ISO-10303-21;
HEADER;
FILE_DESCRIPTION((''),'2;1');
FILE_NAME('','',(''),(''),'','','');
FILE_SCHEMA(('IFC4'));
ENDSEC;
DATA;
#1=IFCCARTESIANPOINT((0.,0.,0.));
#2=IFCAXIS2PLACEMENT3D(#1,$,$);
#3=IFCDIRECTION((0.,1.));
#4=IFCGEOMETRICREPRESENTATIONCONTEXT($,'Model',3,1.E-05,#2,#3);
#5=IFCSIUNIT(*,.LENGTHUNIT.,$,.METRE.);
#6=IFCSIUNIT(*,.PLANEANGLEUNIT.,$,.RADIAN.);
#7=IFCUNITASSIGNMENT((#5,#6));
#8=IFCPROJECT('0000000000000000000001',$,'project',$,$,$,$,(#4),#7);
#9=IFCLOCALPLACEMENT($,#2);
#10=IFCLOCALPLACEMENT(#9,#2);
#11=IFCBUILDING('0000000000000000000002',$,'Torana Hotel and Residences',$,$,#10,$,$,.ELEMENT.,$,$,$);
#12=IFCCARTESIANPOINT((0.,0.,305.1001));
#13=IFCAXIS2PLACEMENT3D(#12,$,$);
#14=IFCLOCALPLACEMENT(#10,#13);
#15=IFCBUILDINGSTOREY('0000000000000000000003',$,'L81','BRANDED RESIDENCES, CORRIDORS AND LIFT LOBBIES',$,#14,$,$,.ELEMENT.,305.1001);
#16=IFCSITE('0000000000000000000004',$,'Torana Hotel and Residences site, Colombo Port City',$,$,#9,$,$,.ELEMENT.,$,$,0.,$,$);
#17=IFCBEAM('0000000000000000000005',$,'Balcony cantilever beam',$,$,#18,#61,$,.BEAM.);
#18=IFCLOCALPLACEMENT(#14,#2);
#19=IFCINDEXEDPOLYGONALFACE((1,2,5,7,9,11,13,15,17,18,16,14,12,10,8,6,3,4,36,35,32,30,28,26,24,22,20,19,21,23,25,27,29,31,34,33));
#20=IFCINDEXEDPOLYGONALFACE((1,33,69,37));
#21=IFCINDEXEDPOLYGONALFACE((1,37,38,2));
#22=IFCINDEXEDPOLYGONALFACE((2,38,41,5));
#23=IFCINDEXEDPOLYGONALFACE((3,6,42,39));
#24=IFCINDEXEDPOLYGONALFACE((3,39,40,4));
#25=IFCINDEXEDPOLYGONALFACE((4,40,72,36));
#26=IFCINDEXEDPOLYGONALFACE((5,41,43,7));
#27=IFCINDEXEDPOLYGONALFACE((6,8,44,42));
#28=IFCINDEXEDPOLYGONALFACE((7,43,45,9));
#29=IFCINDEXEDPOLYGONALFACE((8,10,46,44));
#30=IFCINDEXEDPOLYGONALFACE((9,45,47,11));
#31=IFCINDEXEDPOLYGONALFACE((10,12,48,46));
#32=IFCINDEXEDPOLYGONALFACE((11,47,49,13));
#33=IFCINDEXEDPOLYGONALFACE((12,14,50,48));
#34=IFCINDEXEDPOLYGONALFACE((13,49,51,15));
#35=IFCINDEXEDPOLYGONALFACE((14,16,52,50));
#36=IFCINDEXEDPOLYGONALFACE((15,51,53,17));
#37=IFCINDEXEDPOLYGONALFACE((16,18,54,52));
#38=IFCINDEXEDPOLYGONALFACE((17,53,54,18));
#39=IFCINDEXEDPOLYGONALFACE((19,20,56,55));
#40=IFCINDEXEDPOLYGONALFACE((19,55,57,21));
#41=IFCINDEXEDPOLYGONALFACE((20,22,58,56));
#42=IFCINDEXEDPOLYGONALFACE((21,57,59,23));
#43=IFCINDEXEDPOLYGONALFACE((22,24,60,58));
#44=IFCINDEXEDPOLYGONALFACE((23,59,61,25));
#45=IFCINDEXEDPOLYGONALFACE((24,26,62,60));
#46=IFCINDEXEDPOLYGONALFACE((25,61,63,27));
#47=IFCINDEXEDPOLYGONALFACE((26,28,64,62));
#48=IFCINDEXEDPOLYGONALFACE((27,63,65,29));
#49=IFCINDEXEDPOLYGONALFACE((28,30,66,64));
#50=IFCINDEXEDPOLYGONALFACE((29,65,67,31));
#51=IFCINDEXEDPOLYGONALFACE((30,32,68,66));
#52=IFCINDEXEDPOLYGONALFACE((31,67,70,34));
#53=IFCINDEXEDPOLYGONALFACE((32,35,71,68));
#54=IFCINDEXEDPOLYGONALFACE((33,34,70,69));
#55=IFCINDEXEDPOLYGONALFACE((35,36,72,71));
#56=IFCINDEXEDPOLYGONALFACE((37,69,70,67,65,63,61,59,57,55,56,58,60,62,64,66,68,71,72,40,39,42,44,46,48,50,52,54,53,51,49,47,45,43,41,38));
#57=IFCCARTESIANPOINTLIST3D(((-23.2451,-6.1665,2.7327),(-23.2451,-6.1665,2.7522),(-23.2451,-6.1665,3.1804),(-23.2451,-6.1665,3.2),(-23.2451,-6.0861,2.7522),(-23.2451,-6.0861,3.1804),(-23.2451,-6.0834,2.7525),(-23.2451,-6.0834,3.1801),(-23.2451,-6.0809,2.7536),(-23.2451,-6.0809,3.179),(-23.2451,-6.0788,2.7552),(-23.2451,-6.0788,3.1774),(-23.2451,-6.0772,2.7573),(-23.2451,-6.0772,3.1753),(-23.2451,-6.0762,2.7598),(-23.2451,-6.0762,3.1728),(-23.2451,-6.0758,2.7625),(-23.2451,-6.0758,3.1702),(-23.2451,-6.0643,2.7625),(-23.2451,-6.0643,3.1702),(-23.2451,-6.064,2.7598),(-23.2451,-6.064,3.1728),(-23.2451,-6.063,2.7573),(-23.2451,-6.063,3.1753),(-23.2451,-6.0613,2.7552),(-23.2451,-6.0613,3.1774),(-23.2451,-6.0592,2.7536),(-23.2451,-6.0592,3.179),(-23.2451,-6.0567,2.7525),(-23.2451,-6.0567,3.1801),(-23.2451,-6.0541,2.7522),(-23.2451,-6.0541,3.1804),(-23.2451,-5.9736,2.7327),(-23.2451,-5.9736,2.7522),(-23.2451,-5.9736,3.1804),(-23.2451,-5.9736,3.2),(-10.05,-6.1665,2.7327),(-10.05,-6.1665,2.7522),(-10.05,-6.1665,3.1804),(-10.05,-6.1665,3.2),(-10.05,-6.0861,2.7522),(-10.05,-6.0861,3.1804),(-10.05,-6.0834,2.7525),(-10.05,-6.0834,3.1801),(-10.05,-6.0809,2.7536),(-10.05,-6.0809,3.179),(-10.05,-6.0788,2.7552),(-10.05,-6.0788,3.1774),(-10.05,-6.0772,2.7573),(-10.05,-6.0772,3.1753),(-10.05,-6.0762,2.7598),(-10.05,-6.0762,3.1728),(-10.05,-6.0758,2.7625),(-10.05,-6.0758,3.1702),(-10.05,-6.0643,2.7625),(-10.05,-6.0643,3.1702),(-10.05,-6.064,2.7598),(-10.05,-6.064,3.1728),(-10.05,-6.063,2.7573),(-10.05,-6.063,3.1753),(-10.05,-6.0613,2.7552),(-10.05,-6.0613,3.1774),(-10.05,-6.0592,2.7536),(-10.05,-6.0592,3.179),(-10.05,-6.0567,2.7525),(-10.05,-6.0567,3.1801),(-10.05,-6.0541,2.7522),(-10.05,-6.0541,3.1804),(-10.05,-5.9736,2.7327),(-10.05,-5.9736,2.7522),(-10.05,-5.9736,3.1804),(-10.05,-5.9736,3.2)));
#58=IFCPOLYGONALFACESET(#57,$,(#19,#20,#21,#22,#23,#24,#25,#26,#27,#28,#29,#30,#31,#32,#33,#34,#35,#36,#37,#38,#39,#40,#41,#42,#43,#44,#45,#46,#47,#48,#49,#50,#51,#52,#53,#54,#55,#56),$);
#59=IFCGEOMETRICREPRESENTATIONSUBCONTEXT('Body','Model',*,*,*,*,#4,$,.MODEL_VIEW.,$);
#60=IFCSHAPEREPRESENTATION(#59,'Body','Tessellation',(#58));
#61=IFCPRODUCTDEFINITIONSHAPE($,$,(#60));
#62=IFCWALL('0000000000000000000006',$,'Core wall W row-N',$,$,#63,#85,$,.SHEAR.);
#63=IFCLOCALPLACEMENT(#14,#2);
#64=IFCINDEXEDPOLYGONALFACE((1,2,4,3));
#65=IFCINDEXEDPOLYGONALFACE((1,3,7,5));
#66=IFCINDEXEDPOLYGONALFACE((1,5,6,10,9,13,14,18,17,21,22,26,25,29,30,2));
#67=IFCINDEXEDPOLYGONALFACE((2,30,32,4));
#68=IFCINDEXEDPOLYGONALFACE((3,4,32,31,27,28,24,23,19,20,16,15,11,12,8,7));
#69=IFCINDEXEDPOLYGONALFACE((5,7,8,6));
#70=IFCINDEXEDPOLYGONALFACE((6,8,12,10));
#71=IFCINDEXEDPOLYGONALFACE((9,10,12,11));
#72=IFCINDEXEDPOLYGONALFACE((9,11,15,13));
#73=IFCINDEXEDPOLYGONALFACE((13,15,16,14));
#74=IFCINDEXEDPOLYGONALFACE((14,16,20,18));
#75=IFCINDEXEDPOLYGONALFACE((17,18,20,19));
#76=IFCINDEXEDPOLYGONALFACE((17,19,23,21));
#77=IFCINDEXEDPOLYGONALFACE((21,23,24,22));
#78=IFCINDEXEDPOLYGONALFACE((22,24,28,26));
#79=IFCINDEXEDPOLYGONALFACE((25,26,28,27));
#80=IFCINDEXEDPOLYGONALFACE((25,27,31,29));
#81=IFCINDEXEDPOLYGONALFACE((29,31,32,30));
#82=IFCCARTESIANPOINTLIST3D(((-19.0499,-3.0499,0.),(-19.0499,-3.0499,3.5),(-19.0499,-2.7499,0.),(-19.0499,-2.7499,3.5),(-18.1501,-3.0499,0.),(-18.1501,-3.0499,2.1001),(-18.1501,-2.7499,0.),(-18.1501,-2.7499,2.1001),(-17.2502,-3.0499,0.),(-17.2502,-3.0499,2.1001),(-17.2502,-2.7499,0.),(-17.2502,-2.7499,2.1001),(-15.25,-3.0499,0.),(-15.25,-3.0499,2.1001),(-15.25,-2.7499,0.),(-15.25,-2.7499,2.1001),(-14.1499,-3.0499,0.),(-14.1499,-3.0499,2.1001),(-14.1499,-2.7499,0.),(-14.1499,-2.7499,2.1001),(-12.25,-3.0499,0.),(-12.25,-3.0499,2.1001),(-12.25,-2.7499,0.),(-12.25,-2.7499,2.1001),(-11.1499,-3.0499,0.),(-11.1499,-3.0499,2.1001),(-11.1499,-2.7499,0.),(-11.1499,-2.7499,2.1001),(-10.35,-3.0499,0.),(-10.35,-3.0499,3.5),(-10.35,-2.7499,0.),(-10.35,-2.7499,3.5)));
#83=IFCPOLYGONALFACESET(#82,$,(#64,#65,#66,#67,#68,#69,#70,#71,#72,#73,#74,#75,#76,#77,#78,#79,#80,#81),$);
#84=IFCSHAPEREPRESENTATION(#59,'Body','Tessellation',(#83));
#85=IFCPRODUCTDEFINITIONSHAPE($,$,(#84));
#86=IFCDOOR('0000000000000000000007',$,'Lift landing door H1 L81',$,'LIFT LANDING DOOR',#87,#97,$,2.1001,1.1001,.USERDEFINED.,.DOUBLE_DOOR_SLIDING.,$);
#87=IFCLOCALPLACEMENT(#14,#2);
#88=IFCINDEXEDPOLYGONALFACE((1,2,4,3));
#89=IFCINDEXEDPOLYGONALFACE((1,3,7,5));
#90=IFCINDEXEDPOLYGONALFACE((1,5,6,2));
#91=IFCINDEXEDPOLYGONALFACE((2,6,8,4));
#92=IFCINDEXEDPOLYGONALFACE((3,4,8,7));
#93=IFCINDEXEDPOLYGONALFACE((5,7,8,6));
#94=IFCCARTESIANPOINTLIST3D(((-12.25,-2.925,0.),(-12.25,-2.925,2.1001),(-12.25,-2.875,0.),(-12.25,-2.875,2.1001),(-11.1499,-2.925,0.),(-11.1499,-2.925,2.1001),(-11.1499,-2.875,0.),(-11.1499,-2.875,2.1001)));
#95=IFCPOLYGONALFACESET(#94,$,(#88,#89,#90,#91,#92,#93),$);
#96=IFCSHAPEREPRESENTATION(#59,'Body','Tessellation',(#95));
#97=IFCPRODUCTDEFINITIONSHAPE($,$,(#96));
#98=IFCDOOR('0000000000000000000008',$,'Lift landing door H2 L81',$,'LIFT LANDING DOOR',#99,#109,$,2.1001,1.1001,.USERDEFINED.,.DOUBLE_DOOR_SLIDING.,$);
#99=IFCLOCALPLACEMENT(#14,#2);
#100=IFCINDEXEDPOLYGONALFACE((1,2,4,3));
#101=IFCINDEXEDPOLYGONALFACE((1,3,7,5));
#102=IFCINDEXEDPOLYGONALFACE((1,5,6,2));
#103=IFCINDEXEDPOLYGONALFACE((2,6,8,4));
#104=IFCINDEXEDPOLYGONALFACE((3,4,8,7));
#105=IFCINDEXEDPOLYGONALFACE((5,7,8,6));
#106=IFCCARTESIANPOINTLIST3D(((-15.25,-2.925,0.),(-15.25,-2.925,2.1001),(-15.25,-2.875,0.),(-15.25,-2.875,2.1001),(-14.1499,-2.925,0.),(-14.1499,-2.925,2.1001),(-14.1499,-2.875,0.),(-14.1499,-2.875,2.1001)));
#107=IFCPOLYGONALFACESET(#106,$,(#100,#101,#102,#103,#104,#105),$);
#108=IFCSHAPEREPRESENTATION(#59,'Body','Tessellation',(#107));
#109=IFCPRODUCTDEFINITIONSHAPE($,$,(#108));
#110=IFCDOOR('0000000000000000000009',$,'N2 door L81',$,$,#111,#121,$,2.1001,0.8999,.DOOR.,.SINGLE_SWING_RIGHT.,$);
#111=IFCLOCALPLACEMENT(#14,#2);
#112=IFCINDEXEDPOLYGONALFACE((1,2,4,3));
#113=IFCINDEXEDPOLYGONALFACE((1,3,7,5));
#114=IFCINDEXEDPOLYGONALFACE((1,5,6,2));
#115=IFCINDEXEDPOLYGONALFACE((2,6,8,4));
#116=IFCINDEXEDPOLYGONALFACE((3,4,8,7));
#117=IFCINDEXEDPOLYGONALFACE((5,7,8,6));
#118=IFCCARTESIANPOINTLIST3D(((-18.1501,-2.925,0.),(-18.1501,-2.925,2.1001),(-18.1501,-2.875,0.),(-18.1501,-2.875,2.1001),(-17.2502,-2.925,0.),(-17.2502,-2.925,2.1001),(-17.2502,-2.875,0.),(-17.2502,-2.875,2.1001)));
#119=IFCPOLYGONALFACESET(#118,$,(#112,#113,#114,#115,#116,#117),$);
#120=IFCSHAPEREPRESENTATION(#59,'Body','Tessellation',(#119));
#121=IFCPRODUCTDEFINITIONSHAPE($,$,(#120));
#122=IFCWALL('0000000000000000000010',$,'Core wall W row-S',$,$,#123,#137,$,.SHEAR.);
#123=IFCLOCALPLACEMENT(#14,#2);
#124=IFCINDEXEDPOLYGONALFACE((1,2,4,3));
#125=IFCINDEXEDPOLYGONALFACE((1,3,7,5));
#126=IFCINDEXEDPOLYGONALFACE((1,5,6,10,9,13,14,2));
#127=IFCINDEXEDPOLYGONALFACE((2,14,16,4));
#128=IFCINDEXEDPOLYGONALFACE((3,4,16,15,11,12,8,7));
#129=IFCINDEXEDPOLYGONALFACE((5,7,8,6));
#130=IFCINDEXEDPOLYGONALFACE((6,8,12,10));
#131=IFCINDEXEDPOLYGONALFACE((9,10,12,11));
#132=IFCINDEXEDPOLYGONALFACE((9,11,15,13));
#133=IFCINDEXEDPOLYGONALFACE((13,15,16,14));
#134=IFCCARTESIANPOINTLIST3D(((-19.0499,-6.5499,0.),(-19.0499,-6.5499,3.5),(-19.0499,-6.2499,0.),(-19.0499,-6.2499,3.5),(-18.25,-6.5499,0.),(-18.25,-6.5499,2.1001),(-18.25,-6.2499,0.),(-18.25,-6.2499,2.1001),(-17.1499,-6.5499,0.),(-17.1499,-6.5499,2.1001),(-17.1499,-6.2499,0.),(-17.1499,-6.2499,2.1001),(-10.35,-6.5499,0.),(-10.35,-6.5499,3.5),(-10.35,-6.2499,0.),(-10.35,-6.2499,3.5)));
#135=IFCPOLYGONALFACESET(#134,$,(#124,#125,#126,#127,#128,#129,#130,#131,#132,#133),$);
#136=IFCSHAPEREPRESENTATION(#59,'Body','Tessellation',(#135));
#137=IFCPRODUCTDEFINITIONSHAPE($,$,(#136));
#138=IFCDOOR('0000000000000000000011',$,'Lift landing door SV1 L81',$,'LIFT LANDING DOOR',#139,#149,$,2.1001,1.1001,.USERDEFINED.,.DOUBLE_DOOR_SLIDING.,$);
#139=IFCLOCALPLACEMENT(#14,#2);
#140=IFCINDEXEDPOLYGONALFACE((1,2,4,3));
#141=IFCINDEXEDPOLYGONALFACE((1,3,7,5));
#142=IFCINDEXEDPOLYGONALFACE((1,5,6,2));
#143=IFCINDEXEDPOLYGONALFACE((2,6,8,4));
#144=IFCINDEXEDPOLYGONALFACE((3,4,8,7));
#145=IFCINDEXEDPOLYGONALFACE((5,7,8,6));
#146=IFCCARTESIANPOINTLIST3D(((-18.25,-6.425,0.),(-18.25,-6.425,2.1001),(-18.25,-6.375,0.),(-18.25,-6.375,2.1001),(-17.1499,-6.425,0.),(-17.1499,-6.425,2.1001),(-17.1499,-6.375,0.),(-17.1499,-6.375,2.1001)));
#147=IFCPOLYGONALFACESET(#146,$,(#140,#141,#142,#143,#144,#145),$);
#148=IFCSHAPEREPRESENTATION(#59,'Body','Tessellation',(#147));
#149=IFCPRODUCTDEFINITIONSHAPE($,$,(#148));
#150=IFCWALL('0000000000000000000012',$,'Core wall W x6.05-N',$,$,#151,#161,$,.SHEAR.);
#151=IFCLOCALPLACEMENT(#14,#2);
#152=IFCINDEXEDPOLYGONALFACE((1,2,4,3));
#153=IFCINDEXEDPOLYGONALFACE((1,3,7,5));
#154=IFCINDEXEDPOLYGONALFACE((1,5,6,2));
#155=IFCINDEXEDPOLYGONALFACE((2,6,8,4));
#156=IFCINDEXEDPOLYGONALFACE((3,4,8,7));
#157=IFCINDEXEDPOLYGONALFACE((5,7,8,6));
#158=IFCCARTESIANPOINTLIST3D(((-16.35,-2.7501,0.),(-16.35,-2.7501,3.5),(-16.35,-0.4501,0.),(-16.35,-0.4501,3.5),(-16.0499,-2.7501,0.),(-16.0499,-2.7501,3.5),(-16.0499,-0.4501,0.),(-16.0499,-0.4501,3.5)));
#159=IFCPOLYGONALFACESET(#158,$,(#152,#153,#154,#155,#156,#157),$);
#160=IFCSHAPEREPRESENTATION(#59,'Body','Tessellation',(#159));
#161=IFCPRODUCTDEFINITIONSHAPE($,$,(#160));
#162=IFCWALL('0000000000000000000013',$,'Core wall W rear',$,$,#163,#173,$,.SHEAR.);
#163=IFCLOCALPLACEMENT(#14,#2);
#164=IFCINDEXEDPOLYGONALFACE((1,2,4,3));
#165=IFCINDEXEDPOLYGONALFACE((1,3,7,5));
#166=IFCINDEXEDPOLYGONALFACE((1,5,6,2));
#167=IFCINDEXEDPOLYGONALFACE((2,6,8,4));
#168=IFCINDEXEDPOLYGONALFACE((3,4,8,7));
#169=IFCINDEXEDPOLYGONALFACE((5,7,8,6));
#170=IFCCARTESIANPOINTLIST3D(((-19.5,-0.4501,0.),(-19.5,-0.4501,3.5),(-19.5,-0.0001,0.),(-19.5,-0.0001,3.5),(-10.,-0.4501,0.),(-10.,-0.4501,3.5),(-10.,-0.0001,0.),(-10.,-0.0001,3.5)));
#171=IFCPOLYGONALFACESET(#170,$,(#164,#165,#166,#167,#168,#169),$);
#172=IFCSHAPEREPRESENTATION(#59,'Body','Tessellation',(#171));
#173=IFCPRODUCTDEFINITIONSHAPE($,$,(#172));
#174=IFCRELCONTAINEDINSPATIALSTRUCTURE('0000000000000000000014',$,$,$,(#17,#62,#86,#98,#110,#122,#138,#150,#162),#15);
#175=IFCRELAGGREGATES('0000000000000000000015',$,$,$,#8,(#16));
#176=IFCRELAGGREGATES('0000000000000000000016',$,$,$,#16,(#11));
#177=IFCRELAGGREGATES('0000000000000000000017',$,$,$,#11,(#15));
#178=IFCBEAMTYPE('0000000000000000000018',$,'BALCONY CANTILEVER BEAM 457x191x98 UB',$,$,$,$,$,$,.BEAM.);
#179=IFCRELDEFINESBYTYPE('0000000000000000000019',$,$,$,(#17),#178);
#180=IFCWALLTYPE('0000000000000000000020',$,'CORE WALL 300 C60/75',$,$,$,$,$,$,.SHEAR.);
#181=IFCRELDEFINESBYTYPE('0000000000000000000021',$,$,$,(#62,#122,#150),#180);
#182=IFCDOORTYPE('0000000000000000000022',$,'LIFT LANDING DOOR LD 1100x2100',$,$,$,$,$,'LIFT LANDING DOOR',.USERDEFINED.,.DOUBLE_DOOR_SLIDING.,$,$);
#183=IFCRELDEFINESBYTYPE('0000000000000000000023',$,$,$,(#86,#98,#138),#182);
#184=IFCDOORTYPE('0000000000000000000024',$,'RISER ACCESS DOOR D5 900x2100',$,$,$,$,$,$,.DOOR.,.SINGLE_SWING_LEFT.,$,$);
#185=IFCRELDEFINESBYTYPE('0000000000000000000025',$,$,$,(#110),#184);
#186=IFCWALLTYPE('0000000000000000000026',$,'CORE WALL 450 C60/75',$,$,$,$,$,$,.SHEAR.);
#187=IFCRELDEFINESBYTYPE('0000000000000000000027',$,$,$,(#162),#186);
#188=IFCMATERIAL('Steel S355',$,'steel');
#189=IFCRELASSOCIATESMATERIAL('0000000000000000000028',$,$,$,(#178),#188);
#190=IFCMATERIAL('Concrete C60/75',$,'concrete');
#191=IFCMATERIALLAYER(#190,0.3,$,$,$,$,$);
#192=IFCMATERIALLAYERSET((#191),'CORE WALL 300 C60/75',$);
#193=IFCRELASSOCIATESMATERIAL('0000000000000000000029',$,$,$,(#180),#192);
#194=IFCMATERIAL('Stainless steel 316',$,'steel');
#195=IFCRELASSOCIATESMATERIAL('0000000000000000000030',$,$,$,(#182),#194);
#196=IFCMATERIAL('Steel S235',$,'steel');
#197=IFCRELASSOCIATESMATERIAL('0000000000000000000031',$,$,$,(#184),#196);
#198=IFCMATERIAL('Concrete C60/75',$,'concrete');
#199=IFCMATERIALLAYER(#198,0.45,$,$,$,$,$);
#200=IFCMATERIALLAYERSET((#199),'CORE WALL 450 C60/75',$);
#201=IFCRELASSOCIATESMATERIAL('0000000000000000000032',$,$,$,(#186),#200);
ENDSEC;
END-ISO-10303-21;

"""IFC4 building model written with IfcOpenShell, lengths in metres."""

from ifc_helpers import new_model, si_unit, direction, frame, frame_2d, origin, origin_2d, place, context, subcontext, project, spatial, rectangle, i_section, extrude, material, layer, layer_set, material_profile, profile_set, type_object, element, fill, save


model = new_model("IFC4")

# Units and contexts
model_context = context("Model", 3, precision=1e-05, world=origin(), true_north=direction((0.0, 1.0)))
body_context = subcontext(model_context, "Body", "Model", "MODEL_VIEW")
ifc_project = project(units=[si_unit("LENGTHUNIT", "METRE"), si_unit("PLANEANGLEUNIT", "RADIAN")], contexts=[model_context])

# Site, building, storey
site_placement = place(None, origin())
site = spatial("IfcSite", under=ifc_project, at=site_placement, Name="Torana Hotel and Residences site, Colombo Port City", CompositionType="ELEMENT", RefElevation=0.0)
building_placement = place(site_placement, origin())
building = spatial("IfcBuilding", under=site, at=building_placement, Name="Torana Hotel and Residences", CompositionType="ELEMENT")
storey_placement = place(building_placement, frame((0.0, 0.0, 305.1001)))
storey = spatial("IfcBuildingStorey", under=building, at=storey_placement, Name="L81", Description="BRANDED RESIDENCES, CORRIDORS AND LIFT LOBBIES", CompositionType="ELEMENT", Elevation=305.1001)

# Beam
ifc_material_1 = material(Name="Steel S355", Category="steel")
ifc_material_profile = material_profile(ifc_material_1, i_section(OverallWidth=0.1929, OverallDepth=0.4673, WebThickness=0.0115, FlangeThickness=0.0195, FilletRadius=0.0103, at=origin_2d()), Name="457x191x98 UB")
ifc_profile_set = profile_set([ifc_material_profile], Name="Steel S355")
beam_type = type_object("IfcBeamType", Name="BALCONY CANTILEVER BEAM 457x191x98 UB", PredefinedType="BEAM", material=ifc_profile_set)
beam_placement = place(storey_placement, frame((-23.2451, -6.0701, 2.9663), z_axis=(1.0, 0.0, 0.0), x_axis=(0.0, 1.0, 0.0)))
element("IfcBeam", 1, at=beam_placement, inside=storey, type_object=beam_type, Name="Balcony cantilever beam", PredefinedType="BEAM", context=body_context, shape_type="SweptSolid", body=[
    extrude(i_section(OverallWidth=0.1929, OverallDepth=0.4673, WebThickness=0.0115, FlangeThickness=0.0195, FilletRadius=0.0103, at=origin_2d()), origin(), (0.0, 0.0, 1.0), 13.1951),
])

# Wall, openings, doors
ifc_material_2 = material(Name="Concrete C60/75", Category="concrete")
ifc_layer_1 = layer(ifc_material_2, 0.3)
ifc_layer_set_1 = layer_set([ifc_layer_1], Name="CORE WALL 300 C60/75")
wall_type_1 = type_object("IfcWallType", Name="CORE WALL 300 C60/75", PredefinedType="SHEAR", material=ifc_layer_set_1)
wall_1_placement = place(storey_placement, frame((-19.05, -2.8999, 0.0), z_axis=(0.0, 0.0, 1.0), x_axis=(1.0, 0.0, 0.0)))
wall_1 = element("IfcWall", 2, at=wall_1_placement, inside=storey, type_object=wall_type_1, Name="Core wall W row-N", PredefinedType="SHEAR", context=body_context, shape_type="SweptSolid", body=[
    extrude(rectangle(XDim=8.7, YDim=0.3, at=frame_2d((4.3501, 0.0))), origin(), (0.0, 0.0, 1.0), 3.5),
])
opening_1_placement = place(wall_1_placement, frame((6.8, 0.0, 0.0)))
opening_1 = element("IfcOpeningElement", 3, at=opening_1_placement, cuts=wall_1, PredefinedType="OPENING", context=body_context, shape_type="SweptSolid", body=[
    extrude(rectangle(XDim=1.1001, YDim=2.1001, at=frame_2d((0.55, 1.05))), frame((0.0, 0.1599, 0.0), z_axis=(0.0, -1.0, 0.0), x_axis=(1.0, 0.0, 0.0)), (0.0, 0.0, 1.0), 0.3201),
])
opening_2_placement = place(wall_1_placement, frame((3.8, 0.0, 0.0)))
opening_2 = element("IfcOpeningElement", 4, at=opening_2_placement, cuts=wall_1, PredefinedType="OPENING", context=body_context, shape_type="SweptSolid", body=[
    extrude(rectangle(XDim=1.1001, YDim=2.1001, at=frame_2d((0.55, 1.05))), frame((0.0, 0.1599, 0.0), z_axis=(0.0, -1.0, 0.0), x_axis=(1.0, 0.0, 0.0)), (0.0, 0.0, 1.0), 0.3201),
])
opening_3_placement = place(wall_1_placement, frame((0.8999, 0.0, 0.0)))
opening_3 = element("IfcOpeningElement", 5, at=opening_3_placement, cuts=wall_1, PredefinedType="OPENING", context=body_context, shape_type="SweptSolid", body=[
    extrude(rectangle(XDim=0.8999, YDim=2.1001, at=frame_2d((0.45, 1.05))), frame((0.0, 0.1599, 0.0), z_axis=(0.0, -1.0, 0.0), x_axis=(1.0, 0.0, 0.0)), (0.0, 0.0, 1.0), 0.3201),
])
ifc_material_3 = material(Name="Stainless steel 316", Category="steel")
door_type_1 = type_object("IfcDoorType", Name="LIFT LANDING DOOR LD 1100x2100", ElementType="LIFT LANDING DOOR", OperationType="DOUBLE_DOOR_SLIDING", PredefinedType="USERDEFINED", material=ifc_material_3)
door_1_placement = place(opening_1_placement, origin())
door_1 = element("IfcDoor", 6, at=door_1_placement, inside=storey, type_object=door_type_1, Name="Lift landing door H1 L81", ObjectType="LIFT LANDING DOOR", OperationType="DOUBLE_DOOR_SLIDING", OverallHeight=2.1001, OverallWidth=1.1001, PredefinedType="USERDEFINED", context=body_context, shape_type="SweptSolid", body=[
    extrude(rectangle(XDim=1.1001, YDim=2.1001, at=frame_2d((0.55, 1.05))), frame((0.0, 0.0249, 0.0), z_axis=(0.0, -1.0, 0.0), x_axis=(1.0, 0.0, 0.0)), (0.0, 0.0, 1.0), 0.05),
])
fill(opening_1, door_1)
door_2_placement = place(opening_2_placement, origin())
door_2 = element("IfcDoor", 7, at=door_2_placement, inside=storey, type_object=door_type_1, Name="Lift landing door H2 L81", ObjectType="LIFT LANDING DOOR", OperationType="DOUBLE_DOOR_SLIDING", OverallHeight=2.1001, OverallWidth=1.1001, PredefinedType="USERDEFINED", context=body_context, shape_type="SweptSolid", body=[
    extrude(rectangle(XDim=1.1001, YDim=2.1001, at=frame_2d((0.55, 1.05))), frame((0.0, 0.0249, 0.0), z_axis=(0.0, -1.0, 0.0), x_axis=(1.0, 0.0, 0.0)), (0.0, 0.0, 1.0), 0.05),
])
fill(opening_2, door_2)
ifc_material_4 = material(Name="Steel S235", Category="steel")
door_type_2 = type_object("IfcDoorType", Name="RISER ACCESS DOOR D5 900x2100", OperationType="SINGLE_SWING_LEFT", PredefinedType="DOOR", material=ifc_material_4)
door_3_placement = place(opening_3_placement, origin())
door_3 = element("IfcDoor", 8, at=door_3_placement, inside=storey, type_object=door_type_2, Name="N2 door L81", OperationType="SINGLE_SWING_RIGHT", OverallHeight=2.1001, OverallWidth=0.8999, PredefinedType="DOOR", context=body_context, shape_type="SweptSolid", body=[
    extrude(rectangle(XDim=0.8999, YDim=2.1001, at=frame_2d((0.45, 1.05))), frame((0.0, 0.0249, 0.0), z_axis=(0.0, -1.0, 0.0), x_axis=(1.0, 0.0, 0.0)), (0.0, 0.0, 1.0), 0.05),
])
fill(opening_3, door_3)

# Wall, opening, door
wall_2_placement = place(storey_placement, frame((-19.05, -6.3999, 0.0), z_axis=(0.0, 0.0, 1.0), x_axis=(1.0, 0.0, 0.0)))
wall_2 = element("IfcWall", 9, at=wall_2_placement, inside=storey, type_object=wall_type_1, Name="Core wall W row-S", PredefinedType="SHEAR", context=body_context, shape_type="SweptSolid", body=[
    extrude(rectangle(XDim=8.7, YDim=0.3, at=frame_2d((4.3501, 0.0))), origin(), (0.0, 0.0, 1.0), 3.5),
])
opening_4_placement = place(wall_2_placement, frame((0.8, 0.0, 0.0)))
opening_4 = element("IfcOpeningElement", 10, at=opening_4_placement, cuts=wall_2, PredefinedType="OPENING", context=body_context, shape_type="SweptSolid", body=[
    extrude(rectangle(XDim=1.1001, YDim=2.1001, at=frame_2d((0.55, 1.05))), frame((0.0, 0.1599, 0.0), z_axis=(0.0, -1.0, 0.0), x_axis=(1.0, 0.0, 0.0)), (0.0, 0.0, 1.0), 0.3201),
])
door_4_placement = place(opening_4_placement, origin())
door_4 = element("IfcDoor", 11, at=door_4_placement, inside=storey, type_object=door_type_1, Name="Lift landing door SV1 L81", ObjectType="LIFT LANDING DOOR", OperationType="DOUBLE_DOOR_SLIDING", OverallHeight=2.1001, OverallWidth=1.1001, PredefinedType="USERDEFINED", context=body_context, shape_type="SweptSolid", body=[
    extrude(rectangle(XDim=1.1001, YDim=2.1001, at=frame_2d((0.55, 1.05))), frame((0.0, 0.0249, 0.0), z_axis=(0.0, -1.0, 0.0), x_axis=(1.0, 0.0, 0.0)), (0.0, 0.0, 1.0), 0.05),
])
fill(opening_4, door_4)

# Walls
wall_3_placement = place(storey_placement, frame((-16.2, -2.75, 0.0), z_axis=(0.0, 0.0, 1.0), x_axis=(0.0, 1.0, 0.0)))
element("IfcWall", 12, at=wall_3_placement, inside=storey, type_object=wall_type_1, Name="Core wall W x6.05-N", PredefinedType="SHEAR", context=body_context, shape_type="SweptSolid", body=[
    extrude(rectangle(XDim=2.3, YDim=0.3, at=frame_2d((1.1499, 0.0))), origin(), (0.0, 0.0, 1.0), 3.5),
])
ifc_material_5 = material(Name="Concrete C60/75", Category="concrete")
ifc_layer_2 = layer(ifc_material_5, 0.45)
ifc_layer_set_2 = layer_set([ifc_layer_2], Name="CORE WALL 450 C60/75")
wall_type_2 = type_object("IfcWallType", Name="CORE WALL 450 C60/75", PredefinedType="SHEAR", material=ifc_layer_set_2)
wall_4_placement = place(storey_placement, frame((-19.5, -0.2251, 0.0), z_axis=(0.0, 0.0, 1.0), x_axis=(1.0, 0.0, 0.0)))
element("IfcWall", 13, at=wall_4_placement, inside=storey, type_object=wall_type_2, Name="Core wall W rear", PredefinedType="SHEAR", context=body_context, shape_type="SweptSolid", body=[
    extrude(rectangle(XDim=9.5, YDim=0.45, at=frame_2d((4.75, 0.0))), origin(), (0.0, 0.0, 1.0), 3.5),
])

save(model, "model.ifc")
